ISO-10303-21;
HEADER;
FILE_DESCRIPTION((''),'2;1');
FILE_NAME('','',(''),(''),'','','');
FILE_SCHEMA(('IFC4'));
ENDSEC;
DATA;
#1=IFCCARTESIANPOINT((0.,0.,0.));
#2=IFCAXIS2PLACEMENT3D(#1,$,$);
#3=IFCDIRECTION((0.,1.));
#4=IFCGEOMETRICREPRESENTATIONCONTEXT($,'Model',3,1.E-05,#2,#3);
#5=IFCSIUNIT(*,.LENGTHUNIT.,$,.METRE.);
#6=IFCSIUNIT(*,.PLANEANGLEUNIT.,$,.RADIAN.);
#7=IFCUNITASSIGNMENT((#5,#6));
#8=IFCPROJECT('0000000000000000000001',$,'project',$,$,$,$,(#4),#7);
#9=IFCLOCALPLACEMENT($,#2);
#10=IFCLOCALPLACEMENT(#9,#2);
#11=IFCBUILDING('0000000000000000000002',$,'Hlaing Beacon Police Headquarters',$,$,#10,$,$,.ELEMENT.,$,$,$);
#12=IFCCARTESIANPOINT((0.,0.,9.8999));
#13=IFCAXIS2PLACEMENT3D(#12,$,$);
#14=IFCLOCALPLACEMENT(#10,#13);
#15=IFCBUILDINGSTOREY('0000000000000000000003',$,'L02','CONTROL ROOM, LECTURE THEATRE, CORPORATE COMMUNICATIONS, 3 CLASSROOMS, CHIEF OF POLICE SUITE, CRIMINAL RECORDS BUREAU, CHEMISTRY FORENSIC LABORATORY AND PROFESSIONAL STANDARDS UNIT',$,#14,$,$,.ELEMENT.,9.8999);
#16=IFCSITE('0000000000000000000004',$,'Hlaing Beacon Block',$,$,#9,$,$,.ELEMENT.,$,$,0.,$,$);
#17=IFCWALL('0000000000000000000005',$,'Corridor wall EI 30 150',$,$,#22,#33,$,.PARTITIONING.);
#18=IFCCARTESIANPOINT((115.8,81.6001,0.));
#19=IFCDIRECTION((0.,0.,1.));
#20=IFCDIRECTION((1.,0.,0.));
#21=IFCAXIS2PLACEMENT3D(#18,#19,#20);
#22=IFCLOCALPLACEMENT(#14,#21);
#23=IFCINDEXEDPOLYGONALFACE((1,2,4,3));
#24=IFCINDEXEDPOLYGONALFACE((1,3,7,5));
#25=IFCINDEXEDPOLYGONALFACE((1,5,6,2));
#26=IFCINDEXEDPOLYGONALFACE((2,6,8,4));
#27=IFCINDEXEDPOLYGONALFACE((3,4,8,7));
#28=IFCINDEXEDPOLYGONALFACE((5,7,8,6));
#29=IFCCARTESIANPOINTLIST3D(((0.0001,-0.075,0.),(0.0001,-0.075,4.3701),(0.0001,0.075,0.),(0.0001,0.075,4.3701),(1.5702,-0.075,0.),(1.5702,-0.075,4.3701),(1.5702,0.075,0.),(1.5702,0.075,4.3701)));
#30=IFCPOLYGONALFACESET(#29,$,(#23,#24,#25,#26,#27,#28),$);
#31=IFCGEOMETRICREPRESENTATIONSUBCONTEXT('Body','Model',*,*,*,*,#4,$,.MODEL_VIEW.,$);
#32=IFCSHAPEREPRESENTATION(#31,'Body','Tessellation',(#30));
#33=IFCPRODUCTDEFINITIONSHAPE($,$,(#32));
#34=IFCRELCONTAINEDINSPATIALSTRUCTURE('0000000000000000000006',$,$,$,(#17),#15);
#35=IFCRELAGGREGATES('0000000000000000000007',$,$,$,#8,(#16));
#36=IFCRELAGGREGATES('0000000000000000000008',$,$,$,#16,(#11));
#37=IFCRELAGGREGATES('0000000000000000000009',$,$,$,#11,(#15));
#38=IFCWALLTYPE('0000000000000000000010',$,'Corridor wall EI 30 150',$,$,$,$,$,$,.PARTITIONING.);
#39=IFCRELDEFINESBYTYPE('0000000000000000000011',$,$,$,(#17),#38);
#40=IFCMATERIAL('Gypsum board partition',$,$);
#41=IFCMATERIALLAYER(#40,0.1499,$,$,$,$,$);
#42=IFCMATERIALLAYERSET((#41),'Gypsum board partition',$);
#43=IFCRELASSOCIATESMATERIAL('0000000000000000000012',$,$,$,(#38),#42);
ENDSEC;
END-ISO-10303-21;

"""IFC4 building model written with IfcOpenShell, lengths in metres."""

from ifc_helpers import new_model, si_unit, direction, frame, frame_2d, origin, place, context, subcontext, project, spatial, rectangle, extrude, material, layer, layer_set, type_object, element, save


model = new_model("IFC4")

# Units and contexts
model_context = context("Model", 3, precision=1e-05, world=origin(), true_north=direction((0.0, 1.0)))
body_context = subcontext(model_context, "Body", "Model", "MODEL_VIEW")
ifc_project = project(units=[si_unit("LENGTHUNIT", "METRE"), si_unit("PLANEANGLEUNIT", "RADIAN")], contexts=[model_context])

# Site, building, storey
site_placement = place(None, origin())
site = spatial("IfcSite", under=ifc_project, at=site_placement, Name="Hlaing Beacon Block", CompositionType="ELEMENT", RefElevation=0.0)
building_placement = place(site_placement, origin())
building = spatial("IfcBuilding", under=site, at=building_placement, Name="Hlaing Beacon Police Headquarters", CompositionType="ELEMENT")
storey_placement = place(building_placement, frame((0.0, 0.0, 9.8999)))
storey = spatial("IfcBuildingStorey", under=building, at=storey_placement, Name="L02", Description="CONTROL ROOM, LECTURE THEATRE, CORPORATE COMMUNICATIONS, 3 CLASSROOMS, CHIEF OF POLICE SUITE, CRIMINAL RECORDS BUREAU, CHEMISTRY FORENSIC LABORATORY AND PROFESSIONAL STANDARDS UNIT", CompositionType="ELEMENT", Elevation=9.8999)

# Wall
ifc_material_1 = material(Name="Gypsum board partition")
ifc_layer_1 = layer(ifc_material_1, 0.1499)
ifc_layer_set_1 = layer_set([ifc_layer_1], Name="Gypsum board partition")
wall_type_1 = type_object("IfcWallType", Name="Corridor wall EI 30 150", PredefinedType="PARTITIONING", material=ifc_layer_set_1)
wall_1_placement = place(storey_placement, frame((115.8, 81.6001, 0.0), z_axis=(0.0, 0.0, 1.0), x_axis=(1.0, 0.0, 0.0)))
element("IfcWall", 1, at=wall_1_placement, inside=storey, type_object=wall_type_1, Name="Corridor wall EI 30 150", PredefinedType="PARTITIONING", context=body_context, shape_type="SweptSolid", body=[
    extrude(rectangle(XDim=1.5701, YDim=0.1499, at=frame_2d((0.7852, 0.0))), origin(), (0.0, 0.0, 1.0), 4.3701),
])

save(model, "model.ifc")
